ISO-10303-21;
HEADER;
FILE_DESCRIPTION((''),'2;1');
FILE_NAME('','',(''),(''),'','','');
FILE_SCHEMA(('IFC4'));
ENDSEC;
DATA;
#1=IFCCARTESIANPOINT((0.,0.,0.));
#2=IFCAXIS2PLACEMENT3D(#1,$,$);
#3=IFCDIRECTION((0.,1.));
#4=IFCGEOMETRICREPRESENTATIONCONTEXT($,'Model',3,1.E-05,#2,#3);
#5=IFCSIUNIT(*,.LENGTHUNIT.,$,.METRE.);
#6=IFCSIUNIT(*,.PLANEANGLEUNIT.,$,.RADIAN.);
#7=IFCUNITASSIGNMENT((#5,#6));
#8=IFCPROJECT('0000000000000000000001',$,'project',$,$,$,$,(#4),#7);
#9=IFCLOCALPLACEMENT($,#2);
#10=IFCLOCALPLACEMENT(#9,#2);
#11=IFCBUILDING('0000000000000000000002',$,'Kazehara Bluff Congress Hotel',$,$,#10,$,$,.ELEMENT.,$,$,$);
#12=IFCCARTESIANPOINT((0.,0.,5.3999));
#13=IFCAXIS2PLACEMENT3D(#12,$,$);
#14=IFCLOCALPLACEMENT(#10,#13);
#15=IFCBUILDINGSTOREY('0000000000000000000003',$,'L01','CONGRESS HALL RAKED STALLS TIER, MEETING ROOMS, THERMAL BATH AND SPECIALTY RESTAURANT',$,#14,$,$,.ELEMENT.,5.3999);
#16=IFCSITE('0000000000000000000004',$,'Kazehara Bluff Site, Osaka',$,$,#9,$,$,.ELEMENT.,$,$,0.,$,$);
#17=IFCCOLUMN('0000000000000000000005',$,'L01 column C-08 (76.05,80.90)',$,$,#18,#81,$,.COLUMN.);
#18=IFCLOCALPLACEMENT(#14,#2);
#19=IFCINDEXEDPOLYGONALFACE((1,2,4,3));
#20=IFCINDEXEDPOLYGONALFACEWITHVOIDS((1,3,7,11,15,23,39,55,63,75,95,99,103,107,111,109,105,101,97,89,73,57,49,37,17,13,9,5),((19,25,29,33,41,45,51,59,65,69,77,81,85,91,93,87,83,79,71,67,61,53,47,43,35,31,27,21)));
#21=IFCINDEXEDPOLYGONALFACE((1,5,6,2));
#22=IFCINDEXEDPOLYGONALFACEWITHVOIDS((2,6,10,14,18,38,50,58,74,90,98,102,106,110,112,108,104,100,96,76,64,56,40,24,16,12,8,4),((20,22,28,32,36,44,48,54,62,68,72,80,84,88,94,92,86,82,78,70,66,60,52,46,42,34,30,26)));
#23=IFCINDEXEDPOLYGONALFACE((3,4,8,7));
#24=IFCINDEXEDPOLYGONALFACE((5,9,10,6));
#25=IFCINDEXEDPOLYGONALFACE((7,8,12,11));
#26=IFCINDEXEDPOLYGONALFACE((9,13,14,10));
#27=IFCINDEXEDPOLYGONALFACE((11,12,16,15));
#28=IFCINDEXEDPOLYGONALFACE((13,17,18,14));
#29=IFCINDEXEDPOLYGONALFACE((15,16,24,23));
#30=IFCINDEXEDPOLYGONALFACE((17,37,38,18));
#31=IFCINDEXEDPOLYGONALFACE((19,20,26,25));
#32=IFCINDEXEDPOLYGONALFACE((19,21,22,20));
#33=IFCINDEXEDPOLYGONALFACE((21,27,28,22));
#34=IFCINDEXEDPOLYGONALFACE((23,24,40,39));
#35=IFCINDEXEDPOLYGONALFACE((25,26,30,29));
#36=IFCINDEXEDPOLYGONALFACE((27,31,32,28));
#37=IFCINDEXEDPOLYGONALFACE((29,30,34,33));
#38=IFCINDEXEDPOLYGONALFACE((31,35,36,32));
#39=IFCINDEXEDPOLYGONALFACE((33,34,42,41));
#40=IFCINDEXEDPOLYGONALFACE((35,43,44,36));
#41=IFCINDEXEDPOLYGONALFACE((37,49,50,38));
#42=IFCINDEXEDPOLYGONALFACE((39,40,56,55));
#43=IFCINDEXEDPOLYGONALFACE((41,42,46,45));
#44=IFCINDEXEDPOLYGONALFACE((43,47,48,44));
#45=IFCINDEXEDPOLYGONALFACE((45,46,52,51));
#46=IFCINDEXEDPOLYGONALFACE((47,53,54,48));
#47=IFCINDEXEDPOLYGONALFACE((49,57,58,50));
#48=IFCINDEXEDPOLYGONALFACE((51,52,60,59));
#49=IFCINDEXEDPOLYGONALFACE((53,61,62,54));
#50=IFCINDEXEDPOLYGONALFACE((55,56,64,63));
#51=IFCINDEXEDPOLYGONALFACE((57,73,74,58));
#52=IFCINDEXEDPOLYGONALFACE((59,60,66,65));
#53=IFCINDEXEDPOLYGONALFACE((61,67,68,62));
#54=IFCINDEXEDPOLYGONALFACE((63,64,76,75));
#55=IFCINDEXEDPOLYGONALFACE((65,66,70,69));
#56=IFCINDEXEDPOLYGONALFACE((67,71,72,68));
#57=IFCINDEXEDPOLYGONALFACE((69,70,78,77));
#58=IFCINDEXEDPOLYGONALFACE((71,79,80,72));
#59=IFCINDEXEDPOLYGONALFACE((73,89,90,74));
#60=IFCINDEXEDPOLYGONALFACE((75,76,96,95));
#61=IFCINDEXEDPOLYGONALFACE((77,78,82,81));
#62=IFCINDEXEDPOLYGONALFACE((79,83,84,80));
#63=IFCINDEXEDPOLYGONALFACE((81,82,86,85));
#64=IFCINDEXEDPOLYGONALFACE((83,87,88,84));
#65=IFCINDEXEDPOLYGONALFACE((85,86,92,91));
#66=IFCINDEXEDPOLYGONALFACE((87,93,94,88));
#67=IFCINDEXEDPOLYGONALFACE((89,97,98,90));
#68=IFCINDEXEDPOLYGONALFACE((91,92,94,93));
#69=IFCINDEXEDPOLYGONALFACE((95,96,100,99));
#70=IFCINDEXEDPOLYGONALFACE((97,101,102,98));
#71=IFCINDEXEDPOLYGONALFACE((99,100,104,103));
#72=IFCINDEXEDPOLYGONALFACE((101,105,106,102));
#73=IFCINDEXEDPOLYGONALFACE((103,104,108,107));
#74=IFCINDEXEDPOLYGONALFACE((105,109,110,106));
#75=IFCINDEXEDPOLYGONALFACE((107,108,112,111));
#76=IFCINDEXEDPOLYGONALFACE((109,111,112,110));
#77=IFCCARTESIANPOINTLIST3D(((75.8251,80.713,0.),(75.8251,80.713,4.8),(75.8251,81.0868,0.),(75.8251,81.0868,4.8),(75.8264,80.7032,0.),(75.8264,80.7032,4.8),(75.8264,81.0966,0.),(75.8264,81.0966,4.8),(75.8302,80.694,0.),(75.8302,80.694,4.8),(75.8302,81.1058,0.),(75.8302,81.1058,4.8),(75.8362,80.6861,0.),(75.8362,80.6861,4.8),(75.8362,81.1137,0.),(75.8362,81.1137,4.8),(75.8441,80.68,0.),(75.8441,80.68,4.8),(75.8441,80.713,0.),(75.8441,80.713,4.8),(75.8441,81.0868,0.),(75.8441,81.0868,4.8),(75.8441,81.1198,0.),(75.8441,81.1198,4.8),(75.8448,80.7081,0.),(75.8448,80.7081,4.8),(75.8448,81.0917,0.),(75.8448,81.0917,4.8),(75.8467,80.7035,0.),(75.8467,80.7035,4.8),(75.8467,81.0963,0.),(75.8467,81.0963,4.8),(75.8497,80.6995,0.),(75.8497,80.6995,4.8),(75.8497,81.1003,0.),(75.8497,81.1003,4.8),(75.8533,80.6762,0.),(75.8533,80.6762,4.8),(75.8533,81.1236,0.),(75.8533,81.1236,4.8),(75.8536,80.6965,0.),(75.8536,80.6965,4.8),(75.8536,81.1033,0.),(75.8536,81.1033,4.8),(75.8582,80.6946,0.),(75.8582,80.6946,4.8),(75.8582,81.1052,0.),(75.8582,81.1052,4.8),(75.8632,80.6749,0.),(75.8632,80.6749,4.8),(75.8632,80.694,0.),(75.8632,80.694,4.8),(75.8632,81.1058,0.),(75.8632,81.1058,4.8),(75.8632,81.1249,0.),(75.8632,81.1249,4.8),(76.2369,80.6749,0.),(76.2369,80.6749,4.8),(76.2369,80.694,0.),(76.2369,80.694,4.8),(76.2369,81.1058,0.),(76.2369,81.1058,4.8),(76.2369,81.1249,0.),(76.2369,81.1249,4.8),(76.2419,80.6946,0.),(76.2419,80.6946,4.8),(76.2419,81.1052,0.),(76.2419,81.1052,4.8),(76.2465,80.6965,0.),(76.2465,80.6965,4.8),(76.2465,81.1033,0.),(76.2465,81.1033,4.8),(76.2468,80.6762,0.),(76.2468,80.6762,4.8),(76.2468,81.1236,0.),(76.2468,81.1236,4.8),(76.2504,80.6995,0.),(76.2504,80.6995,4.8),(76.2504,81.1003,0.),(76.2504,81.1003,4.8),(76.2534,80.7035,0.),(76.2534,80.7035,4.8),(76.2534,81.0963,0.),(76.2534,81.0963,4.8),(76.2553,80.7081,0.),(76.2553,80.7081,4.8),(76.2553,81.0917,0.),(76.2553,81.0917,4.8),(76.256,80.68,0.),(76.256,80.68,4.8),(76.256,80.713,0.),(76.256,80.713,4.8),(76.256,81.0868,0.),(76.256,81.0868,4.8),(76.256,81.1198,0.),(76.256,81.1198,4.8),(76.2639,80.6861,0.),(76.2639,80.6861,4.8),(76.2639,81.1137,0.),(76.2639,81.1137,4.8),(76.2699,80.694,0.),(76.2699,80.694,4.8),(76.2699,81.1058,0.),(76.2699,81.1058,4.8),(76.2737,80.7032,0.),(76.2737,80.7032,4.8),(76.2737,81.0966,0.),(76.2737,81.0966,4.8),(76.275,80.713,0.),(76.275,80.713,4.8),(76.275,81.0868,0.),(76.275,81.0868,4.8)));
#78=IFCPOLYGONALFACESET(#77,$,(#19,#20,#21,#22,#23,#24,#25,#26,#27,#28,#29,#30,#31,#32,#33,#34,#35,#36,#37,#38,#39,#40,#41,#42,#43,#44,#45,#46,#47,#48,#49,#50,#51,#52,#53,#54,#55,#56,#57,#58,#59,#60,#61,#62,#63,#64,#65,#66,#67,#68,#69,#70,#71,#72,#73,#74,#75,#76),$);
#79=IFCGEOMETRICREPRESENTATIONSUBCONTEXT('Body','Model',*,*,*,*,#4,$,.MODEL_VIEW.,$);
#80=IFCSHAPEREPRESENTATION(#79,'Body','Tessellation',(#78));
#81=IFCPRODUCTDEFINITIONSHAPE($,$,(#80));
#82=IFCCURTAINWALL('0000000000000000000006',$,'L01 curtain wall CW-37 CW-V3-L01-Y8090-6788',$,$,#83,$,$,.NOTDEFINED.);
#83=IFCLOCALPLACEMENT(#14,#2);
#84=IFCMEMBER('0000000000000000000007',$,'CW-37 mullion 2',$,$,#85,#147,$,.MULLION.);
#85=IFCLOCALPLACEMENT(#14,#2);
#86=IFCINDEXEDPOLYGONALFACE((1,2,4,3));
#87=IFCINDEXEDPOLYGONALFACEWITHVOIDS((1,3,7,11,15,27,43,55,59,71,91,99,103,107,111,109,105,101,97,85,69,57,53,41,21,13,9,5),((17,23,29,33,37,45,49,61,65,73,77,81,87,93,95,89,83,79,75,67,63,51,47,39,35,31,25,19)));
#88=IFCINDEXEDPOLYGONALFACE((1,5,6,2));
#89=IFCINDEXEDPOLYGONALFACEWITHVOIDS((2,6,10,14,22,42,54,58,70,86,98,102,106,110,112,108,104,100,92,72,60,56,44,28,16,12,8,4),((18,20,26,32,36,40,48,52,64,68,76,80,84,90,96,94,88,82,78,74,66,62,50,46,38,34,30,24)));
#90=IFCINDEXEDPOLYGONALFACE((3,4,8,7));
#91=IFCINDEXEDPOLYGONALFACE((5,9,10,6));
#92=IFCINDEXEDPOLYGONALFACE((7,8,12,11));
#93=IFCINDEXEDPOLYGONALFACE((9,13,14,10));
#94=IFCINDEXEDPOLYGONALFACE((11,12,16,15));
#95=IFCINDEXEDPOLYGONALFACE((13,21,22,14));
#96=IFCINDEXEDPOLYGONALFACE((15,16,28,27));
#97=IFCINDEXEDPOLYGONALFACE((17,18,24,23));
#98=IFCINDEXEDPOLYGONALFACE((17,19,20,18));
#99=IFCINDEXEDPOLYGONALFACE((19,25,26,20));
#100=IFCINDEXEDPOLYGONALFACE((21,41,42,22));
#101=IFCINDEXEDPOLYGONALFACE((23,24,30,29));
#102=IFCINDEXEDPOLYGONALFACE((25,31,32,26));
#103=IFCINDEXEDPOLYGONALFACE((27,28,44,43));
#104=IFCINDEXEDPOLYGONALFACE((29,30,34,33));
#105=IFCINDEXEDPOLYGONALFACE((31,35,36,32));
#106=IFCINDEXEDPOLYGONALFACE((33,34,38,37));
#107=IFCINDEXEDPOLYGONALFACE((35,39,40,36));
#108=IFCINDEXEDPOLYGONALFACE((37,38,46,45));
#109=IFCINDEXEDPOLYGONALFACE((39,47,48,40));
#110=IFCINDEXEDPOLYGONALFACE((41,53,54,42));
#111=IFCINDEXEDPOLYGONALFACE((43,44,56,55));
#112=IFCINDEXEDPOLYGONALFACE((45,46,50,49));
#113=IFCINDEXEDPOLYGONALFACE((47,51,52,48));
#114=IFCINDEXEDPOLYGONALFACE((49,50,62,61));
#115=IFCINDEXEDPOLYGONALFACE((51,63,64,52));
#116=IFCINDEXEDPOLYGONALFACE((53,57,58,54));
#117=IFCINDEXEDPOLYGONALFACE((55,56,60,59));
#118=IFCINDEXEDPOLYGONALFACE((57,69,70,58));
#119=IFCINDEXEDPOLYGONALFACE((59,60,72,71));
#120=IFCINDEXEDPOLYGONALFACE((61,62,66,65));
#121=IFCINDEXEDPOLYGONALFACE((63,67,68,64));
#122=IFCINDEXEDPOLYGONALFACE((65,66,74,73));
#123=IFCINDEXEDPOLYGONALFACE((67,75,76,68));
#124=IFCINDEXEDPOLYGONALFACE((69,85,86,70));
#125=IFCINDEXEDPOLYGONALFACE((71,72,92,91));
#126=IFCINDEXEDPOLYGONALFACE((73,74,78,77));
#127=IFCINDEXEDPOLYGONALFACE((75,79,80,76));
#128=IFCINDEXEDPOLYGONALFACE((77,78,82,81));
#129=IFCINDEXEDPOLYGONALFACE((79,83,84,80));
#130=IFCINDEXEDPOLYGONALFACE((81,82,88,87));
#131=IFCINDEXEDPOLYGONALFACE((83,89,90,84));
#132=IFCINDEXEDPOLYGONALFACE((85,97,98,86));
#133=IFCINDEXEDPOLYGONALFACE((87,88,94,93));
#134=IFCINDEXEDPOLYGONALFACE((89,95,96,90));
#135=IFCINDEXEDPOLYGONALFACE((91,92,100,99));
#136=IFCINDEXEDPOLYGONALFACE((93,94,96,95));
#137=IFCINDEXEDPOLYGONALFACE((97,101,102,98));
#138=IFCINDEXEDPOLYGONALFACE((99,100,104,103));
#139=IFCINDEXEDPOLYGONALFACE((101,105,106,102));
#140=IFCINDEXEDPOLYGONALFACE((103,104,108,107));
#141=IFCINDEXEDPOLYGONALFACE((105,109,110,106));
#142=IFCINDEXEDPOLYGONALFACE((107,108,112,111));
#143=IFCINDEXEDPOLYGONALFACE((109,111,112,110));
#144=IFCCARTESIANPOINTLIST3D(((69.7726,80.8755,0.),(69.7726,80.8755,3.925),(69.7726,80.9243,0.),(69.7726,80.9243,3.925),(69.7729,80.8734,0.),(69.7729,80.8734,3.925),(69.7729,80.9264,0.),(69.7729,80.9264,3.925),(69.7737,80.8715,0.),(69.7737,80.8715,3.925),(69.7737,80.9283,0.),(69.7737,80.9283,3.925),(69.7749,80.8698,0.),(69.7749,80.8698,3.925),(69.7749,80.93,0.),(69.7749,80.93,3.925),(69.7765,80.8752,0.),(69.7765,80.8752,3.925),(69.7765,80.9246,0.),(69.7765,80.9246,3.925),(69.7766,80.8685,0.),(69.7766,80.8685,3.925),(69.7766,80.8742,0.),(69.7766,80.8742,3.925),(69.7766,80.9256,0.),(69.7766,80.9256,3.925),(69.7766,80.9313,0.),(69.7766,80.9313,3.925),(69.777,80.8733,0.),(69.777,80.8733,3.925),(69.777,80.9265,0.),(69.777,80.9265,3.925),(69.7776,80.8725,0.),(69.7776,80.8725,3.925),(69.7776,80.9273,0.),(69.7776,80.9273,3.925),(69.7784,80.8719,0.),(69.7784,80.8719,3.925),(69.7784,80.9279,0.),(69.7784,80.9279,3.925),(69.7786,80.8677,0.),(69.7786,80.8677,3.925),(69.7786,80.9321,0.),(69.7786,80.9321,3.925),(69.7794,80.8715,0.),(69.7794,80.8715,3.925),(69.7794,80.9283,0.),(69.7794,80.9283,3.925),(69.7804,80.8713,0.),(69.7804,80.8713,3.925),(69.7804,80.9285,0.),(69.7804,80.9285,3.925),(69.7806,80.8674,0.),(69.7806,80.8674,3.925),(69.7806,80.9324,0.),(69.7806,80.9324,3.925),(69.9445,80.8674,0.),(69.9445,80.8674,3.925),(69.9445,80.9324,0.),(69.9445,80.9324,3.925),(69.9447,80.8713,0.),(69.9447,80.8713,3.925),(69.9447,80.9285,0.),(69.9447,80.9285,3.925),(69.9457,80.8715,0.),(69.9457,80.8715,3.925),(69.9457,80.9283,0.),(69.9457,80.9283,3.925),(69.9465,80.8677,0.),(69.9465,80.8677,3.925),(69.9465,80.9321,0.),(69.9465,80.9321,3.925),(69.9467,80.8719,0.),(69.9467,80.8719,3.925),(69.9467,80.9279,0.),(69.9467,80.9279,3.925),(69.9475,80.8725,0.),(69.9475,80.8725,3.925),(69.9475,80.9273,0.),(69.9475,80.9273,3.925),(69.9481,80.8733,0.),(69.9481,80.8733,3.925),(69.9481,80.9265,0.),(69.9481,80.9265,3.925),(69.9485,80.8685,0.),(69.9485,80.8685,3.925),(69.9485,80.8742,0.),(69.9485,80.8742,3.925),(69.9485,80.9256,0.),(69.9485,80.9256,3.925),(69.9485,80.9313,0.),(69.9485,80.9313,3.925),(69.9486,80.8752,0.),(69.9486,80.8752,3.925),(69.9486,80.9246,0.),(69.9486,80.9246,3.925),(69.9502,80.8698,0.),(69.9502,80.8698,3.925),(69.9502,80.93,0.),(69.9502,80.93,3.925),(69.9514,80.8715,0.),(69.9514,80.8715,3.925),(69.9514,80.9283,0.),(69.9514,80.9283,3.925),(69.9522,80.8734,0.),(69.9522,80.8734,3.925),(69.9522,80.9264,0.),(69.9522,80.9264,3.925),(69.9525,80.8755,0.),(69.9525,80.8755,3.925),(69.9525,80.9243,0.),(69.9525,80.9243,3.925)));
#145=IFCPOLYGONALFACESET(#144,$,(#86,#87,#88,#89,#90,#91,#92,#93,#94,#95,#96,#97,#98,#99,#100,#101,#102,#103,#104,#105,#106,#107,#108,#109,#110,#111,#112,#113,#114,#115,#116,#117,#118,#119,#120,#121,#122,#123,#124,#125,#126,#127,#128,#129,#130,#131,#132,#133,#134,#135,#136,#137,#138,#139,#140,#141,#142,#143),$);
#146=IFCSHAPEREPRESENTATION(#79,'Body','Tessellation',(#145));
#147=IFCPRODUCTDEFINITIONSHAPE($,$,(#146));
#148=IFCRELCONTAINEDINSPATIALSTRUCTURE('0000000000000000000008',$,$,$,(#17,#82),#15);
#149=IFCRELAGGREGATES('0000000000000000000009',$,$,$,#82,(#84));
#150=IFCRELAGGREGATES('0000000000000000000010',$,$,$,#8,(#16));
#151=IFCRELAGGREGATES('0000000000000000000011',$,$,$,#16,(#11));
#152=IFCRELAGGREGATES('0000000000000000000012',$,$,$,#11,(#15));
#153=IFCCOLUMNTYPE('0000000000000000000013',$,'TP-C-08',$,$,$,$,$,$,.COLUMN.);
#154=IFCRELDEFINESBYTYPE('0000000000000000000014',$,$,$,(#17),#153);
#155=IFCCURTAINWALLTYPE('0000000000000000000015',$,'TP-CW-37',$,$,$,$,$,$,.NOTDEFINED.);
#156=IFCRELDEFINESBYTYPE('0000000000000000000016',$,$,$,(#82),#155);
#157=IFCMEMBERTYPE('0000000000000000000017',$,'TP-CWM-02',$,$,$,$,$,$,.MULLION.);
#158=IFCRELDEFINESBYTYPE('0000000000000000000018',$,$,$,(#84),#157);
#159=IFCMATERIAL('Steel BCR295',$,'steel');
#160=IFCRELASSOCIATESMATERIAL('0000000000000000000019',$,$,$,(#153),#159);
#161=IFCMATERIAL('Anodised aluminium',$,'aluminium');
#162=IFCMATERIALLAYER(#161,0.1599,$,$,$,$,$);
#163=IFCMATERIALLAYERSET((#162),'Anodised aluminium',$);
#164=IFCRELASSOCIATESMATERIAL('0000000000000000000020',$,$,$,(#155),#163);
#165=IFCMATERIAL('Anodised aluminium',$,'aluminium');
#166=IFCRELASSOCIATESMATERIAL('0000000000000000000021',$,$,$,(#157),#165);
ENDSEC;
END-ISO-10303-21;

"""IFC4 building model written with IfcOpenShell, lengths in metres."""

from ifc_helpers import new_model, si_unit, direction, frame, origin, origin_2d, place, context, subcontext, project, spatial, hollow_rectangle, extrude, material, layer, layer_set, material_profile, profile_set, type_object, element, aggregate, save


model = new_model("IFC4")

# Units and contexts
model_context = context("Model", 3, precision=1e-05, world=origin(), true_north=direction((0.0, 1.0)))
body_context = subcontext(model_context, "Body", "Model", "MODEL_VIEW")
ifc_project = project(units=[si_unit("LENGTHUNIT", "METRE"), si_unit("PLANEANGLEUNIT", "RADIAN")], contexts=[model_context])

# Site, building, storey
site_placement = place(None, origin())
site = spatial("IfcSite", under=ifc_project, at=site_placement, Name="Kazehara Bluff Site, Osaka", CompositionType="ELEMENT", RefElevation=0.0)
building_placement = place(site_placement, origin())
building = spatial("IfcBuilding", under=site, at=building_placement, Name="Kazehara Bluff Congress Hotel", CompositionType="ELEMENT")
storey_placement = place(building_placement, frame((0.0, 0.0, 5.3999)))
storey = spatial("IfcBuildingStorey", under=building, at=storey_placement, Name="L01", Description="CONGRESS HALL RAKED STALLS TIER, MEETING ROOMS, THERMAL BATH AND SPECIALTY RESTAURANT", CompositionType="ELEMENT", Elevation=5.3999)

# Column
ifc_material_1 = material(Name="Steel BCR295", Category="steel")
ifc_material_profile_1 = material_profile(ifc_material_1, hollow_rectangle(XDim=0.45, YDim=0.45, WallThickness=0.019, InnerFilletRadius=0.019, OuterFilletRadius=0.0381, at=origin_2d()))
ifc_profile_set_1 = profile_set([ifc_material_profile_1], Name="Steel BCR295")
column_type = type_object("IfcColumnType", Name="TP-C-08", PredefinedType="COLUMN", material=ifc_profile_set_1)
column_placement = place(storey_placement, frame((76.05, 80.8999, 0.0), z_axis=(0.0, 0.0, 1.0), x_axis=(1.0, 0.0, 0.0)))
element("IfcColumn", 1, at=column_placement, inside=storey, type_object=column_type, Name="L01 column C-08 (76.05,80.90)", PredefinedType="COLUMN", context=body_context, shape_type="SweptSolid", body=[
    extrude(hollow_rectangle(XDim=0.45, YDim=0.45, WallThickness=0.019, InnerFilletRadius=0.019, OuterFilletRadius=0.0381, at=origin_2d()), origin(), (0.0, 0.0, 1.0), 4.8),
])

# Curtain wall, member
ifc_material_2 = material(Name="Anodised aluminium", Category="aluminium")
ifc_layer_1 = layer(ifc_material_2, 0.1599)
ifc_layer_set_1 = layer_set([ifc_layer_1], Name="Anodised aluminium")
curtain_wall_type = type_object("IfcCurtainWallType", Name="TP-CW-37", PredefinedType="NOTDEFINED", material=ifc_layer_set_1)
curtain_wall_placement = place(storey_placement, origin())
curtain_wall = element("IfcCurtainWall", 2, at=curtain_wall_placement, inside=storey, type_object=curtain_wall_type, Name="L01 curtain wall CW-37 CW-V3-L01-Y8090-6788", PredefinedType="NOTDEFINED")
ifc_material_3 = material(Name="Anodised aluminium", Category="aluminium")
ifc_material_profile_2 = material_profile(ifc_material_3, hollow_rectangle(XDim=0.0649, YDim=0.1799, WallThickness=0.0039, InnerFilletRadius=0.0039, OuterFilletRadius=0.0081, at=origin_2d()))
ifc_profile_set_2 = profile_set([ifc_material_profile_2], Name="Anodised aluminium")
member_type_1 = type_object("IfcMemberType", Name="TP-CWM-02", PredefinedType="MULLION", material=ifc_profile_set_2)
member_1_placement = place(storey_placement, frame((69.8625, 80.8999, 0.0), z_axis=(0.0, 0.0, 1.0), x_axis=(0.0, 1.0, 0.0)))
member_1 = element("IfcMember", 3, at=member_1_placement, type_object=member_type_1, Name="CW-37 mullion 2", PredefinedType="MULLION", context=body_context, shape_type="SweptSolid", body=[
    extrude(hollow_rectangle(XDim=0.0649, YDim=0.1799, WallThickness=0.0039, InnerFilletRadius=0.0039, OuterFilletRadius=0.0081, at=origin_2d()), origin(), (0.0, 0.0, 1.0), 3.925),
])
aggregate(curtain_wall, [member_1])

save(model, "model.ifc")
